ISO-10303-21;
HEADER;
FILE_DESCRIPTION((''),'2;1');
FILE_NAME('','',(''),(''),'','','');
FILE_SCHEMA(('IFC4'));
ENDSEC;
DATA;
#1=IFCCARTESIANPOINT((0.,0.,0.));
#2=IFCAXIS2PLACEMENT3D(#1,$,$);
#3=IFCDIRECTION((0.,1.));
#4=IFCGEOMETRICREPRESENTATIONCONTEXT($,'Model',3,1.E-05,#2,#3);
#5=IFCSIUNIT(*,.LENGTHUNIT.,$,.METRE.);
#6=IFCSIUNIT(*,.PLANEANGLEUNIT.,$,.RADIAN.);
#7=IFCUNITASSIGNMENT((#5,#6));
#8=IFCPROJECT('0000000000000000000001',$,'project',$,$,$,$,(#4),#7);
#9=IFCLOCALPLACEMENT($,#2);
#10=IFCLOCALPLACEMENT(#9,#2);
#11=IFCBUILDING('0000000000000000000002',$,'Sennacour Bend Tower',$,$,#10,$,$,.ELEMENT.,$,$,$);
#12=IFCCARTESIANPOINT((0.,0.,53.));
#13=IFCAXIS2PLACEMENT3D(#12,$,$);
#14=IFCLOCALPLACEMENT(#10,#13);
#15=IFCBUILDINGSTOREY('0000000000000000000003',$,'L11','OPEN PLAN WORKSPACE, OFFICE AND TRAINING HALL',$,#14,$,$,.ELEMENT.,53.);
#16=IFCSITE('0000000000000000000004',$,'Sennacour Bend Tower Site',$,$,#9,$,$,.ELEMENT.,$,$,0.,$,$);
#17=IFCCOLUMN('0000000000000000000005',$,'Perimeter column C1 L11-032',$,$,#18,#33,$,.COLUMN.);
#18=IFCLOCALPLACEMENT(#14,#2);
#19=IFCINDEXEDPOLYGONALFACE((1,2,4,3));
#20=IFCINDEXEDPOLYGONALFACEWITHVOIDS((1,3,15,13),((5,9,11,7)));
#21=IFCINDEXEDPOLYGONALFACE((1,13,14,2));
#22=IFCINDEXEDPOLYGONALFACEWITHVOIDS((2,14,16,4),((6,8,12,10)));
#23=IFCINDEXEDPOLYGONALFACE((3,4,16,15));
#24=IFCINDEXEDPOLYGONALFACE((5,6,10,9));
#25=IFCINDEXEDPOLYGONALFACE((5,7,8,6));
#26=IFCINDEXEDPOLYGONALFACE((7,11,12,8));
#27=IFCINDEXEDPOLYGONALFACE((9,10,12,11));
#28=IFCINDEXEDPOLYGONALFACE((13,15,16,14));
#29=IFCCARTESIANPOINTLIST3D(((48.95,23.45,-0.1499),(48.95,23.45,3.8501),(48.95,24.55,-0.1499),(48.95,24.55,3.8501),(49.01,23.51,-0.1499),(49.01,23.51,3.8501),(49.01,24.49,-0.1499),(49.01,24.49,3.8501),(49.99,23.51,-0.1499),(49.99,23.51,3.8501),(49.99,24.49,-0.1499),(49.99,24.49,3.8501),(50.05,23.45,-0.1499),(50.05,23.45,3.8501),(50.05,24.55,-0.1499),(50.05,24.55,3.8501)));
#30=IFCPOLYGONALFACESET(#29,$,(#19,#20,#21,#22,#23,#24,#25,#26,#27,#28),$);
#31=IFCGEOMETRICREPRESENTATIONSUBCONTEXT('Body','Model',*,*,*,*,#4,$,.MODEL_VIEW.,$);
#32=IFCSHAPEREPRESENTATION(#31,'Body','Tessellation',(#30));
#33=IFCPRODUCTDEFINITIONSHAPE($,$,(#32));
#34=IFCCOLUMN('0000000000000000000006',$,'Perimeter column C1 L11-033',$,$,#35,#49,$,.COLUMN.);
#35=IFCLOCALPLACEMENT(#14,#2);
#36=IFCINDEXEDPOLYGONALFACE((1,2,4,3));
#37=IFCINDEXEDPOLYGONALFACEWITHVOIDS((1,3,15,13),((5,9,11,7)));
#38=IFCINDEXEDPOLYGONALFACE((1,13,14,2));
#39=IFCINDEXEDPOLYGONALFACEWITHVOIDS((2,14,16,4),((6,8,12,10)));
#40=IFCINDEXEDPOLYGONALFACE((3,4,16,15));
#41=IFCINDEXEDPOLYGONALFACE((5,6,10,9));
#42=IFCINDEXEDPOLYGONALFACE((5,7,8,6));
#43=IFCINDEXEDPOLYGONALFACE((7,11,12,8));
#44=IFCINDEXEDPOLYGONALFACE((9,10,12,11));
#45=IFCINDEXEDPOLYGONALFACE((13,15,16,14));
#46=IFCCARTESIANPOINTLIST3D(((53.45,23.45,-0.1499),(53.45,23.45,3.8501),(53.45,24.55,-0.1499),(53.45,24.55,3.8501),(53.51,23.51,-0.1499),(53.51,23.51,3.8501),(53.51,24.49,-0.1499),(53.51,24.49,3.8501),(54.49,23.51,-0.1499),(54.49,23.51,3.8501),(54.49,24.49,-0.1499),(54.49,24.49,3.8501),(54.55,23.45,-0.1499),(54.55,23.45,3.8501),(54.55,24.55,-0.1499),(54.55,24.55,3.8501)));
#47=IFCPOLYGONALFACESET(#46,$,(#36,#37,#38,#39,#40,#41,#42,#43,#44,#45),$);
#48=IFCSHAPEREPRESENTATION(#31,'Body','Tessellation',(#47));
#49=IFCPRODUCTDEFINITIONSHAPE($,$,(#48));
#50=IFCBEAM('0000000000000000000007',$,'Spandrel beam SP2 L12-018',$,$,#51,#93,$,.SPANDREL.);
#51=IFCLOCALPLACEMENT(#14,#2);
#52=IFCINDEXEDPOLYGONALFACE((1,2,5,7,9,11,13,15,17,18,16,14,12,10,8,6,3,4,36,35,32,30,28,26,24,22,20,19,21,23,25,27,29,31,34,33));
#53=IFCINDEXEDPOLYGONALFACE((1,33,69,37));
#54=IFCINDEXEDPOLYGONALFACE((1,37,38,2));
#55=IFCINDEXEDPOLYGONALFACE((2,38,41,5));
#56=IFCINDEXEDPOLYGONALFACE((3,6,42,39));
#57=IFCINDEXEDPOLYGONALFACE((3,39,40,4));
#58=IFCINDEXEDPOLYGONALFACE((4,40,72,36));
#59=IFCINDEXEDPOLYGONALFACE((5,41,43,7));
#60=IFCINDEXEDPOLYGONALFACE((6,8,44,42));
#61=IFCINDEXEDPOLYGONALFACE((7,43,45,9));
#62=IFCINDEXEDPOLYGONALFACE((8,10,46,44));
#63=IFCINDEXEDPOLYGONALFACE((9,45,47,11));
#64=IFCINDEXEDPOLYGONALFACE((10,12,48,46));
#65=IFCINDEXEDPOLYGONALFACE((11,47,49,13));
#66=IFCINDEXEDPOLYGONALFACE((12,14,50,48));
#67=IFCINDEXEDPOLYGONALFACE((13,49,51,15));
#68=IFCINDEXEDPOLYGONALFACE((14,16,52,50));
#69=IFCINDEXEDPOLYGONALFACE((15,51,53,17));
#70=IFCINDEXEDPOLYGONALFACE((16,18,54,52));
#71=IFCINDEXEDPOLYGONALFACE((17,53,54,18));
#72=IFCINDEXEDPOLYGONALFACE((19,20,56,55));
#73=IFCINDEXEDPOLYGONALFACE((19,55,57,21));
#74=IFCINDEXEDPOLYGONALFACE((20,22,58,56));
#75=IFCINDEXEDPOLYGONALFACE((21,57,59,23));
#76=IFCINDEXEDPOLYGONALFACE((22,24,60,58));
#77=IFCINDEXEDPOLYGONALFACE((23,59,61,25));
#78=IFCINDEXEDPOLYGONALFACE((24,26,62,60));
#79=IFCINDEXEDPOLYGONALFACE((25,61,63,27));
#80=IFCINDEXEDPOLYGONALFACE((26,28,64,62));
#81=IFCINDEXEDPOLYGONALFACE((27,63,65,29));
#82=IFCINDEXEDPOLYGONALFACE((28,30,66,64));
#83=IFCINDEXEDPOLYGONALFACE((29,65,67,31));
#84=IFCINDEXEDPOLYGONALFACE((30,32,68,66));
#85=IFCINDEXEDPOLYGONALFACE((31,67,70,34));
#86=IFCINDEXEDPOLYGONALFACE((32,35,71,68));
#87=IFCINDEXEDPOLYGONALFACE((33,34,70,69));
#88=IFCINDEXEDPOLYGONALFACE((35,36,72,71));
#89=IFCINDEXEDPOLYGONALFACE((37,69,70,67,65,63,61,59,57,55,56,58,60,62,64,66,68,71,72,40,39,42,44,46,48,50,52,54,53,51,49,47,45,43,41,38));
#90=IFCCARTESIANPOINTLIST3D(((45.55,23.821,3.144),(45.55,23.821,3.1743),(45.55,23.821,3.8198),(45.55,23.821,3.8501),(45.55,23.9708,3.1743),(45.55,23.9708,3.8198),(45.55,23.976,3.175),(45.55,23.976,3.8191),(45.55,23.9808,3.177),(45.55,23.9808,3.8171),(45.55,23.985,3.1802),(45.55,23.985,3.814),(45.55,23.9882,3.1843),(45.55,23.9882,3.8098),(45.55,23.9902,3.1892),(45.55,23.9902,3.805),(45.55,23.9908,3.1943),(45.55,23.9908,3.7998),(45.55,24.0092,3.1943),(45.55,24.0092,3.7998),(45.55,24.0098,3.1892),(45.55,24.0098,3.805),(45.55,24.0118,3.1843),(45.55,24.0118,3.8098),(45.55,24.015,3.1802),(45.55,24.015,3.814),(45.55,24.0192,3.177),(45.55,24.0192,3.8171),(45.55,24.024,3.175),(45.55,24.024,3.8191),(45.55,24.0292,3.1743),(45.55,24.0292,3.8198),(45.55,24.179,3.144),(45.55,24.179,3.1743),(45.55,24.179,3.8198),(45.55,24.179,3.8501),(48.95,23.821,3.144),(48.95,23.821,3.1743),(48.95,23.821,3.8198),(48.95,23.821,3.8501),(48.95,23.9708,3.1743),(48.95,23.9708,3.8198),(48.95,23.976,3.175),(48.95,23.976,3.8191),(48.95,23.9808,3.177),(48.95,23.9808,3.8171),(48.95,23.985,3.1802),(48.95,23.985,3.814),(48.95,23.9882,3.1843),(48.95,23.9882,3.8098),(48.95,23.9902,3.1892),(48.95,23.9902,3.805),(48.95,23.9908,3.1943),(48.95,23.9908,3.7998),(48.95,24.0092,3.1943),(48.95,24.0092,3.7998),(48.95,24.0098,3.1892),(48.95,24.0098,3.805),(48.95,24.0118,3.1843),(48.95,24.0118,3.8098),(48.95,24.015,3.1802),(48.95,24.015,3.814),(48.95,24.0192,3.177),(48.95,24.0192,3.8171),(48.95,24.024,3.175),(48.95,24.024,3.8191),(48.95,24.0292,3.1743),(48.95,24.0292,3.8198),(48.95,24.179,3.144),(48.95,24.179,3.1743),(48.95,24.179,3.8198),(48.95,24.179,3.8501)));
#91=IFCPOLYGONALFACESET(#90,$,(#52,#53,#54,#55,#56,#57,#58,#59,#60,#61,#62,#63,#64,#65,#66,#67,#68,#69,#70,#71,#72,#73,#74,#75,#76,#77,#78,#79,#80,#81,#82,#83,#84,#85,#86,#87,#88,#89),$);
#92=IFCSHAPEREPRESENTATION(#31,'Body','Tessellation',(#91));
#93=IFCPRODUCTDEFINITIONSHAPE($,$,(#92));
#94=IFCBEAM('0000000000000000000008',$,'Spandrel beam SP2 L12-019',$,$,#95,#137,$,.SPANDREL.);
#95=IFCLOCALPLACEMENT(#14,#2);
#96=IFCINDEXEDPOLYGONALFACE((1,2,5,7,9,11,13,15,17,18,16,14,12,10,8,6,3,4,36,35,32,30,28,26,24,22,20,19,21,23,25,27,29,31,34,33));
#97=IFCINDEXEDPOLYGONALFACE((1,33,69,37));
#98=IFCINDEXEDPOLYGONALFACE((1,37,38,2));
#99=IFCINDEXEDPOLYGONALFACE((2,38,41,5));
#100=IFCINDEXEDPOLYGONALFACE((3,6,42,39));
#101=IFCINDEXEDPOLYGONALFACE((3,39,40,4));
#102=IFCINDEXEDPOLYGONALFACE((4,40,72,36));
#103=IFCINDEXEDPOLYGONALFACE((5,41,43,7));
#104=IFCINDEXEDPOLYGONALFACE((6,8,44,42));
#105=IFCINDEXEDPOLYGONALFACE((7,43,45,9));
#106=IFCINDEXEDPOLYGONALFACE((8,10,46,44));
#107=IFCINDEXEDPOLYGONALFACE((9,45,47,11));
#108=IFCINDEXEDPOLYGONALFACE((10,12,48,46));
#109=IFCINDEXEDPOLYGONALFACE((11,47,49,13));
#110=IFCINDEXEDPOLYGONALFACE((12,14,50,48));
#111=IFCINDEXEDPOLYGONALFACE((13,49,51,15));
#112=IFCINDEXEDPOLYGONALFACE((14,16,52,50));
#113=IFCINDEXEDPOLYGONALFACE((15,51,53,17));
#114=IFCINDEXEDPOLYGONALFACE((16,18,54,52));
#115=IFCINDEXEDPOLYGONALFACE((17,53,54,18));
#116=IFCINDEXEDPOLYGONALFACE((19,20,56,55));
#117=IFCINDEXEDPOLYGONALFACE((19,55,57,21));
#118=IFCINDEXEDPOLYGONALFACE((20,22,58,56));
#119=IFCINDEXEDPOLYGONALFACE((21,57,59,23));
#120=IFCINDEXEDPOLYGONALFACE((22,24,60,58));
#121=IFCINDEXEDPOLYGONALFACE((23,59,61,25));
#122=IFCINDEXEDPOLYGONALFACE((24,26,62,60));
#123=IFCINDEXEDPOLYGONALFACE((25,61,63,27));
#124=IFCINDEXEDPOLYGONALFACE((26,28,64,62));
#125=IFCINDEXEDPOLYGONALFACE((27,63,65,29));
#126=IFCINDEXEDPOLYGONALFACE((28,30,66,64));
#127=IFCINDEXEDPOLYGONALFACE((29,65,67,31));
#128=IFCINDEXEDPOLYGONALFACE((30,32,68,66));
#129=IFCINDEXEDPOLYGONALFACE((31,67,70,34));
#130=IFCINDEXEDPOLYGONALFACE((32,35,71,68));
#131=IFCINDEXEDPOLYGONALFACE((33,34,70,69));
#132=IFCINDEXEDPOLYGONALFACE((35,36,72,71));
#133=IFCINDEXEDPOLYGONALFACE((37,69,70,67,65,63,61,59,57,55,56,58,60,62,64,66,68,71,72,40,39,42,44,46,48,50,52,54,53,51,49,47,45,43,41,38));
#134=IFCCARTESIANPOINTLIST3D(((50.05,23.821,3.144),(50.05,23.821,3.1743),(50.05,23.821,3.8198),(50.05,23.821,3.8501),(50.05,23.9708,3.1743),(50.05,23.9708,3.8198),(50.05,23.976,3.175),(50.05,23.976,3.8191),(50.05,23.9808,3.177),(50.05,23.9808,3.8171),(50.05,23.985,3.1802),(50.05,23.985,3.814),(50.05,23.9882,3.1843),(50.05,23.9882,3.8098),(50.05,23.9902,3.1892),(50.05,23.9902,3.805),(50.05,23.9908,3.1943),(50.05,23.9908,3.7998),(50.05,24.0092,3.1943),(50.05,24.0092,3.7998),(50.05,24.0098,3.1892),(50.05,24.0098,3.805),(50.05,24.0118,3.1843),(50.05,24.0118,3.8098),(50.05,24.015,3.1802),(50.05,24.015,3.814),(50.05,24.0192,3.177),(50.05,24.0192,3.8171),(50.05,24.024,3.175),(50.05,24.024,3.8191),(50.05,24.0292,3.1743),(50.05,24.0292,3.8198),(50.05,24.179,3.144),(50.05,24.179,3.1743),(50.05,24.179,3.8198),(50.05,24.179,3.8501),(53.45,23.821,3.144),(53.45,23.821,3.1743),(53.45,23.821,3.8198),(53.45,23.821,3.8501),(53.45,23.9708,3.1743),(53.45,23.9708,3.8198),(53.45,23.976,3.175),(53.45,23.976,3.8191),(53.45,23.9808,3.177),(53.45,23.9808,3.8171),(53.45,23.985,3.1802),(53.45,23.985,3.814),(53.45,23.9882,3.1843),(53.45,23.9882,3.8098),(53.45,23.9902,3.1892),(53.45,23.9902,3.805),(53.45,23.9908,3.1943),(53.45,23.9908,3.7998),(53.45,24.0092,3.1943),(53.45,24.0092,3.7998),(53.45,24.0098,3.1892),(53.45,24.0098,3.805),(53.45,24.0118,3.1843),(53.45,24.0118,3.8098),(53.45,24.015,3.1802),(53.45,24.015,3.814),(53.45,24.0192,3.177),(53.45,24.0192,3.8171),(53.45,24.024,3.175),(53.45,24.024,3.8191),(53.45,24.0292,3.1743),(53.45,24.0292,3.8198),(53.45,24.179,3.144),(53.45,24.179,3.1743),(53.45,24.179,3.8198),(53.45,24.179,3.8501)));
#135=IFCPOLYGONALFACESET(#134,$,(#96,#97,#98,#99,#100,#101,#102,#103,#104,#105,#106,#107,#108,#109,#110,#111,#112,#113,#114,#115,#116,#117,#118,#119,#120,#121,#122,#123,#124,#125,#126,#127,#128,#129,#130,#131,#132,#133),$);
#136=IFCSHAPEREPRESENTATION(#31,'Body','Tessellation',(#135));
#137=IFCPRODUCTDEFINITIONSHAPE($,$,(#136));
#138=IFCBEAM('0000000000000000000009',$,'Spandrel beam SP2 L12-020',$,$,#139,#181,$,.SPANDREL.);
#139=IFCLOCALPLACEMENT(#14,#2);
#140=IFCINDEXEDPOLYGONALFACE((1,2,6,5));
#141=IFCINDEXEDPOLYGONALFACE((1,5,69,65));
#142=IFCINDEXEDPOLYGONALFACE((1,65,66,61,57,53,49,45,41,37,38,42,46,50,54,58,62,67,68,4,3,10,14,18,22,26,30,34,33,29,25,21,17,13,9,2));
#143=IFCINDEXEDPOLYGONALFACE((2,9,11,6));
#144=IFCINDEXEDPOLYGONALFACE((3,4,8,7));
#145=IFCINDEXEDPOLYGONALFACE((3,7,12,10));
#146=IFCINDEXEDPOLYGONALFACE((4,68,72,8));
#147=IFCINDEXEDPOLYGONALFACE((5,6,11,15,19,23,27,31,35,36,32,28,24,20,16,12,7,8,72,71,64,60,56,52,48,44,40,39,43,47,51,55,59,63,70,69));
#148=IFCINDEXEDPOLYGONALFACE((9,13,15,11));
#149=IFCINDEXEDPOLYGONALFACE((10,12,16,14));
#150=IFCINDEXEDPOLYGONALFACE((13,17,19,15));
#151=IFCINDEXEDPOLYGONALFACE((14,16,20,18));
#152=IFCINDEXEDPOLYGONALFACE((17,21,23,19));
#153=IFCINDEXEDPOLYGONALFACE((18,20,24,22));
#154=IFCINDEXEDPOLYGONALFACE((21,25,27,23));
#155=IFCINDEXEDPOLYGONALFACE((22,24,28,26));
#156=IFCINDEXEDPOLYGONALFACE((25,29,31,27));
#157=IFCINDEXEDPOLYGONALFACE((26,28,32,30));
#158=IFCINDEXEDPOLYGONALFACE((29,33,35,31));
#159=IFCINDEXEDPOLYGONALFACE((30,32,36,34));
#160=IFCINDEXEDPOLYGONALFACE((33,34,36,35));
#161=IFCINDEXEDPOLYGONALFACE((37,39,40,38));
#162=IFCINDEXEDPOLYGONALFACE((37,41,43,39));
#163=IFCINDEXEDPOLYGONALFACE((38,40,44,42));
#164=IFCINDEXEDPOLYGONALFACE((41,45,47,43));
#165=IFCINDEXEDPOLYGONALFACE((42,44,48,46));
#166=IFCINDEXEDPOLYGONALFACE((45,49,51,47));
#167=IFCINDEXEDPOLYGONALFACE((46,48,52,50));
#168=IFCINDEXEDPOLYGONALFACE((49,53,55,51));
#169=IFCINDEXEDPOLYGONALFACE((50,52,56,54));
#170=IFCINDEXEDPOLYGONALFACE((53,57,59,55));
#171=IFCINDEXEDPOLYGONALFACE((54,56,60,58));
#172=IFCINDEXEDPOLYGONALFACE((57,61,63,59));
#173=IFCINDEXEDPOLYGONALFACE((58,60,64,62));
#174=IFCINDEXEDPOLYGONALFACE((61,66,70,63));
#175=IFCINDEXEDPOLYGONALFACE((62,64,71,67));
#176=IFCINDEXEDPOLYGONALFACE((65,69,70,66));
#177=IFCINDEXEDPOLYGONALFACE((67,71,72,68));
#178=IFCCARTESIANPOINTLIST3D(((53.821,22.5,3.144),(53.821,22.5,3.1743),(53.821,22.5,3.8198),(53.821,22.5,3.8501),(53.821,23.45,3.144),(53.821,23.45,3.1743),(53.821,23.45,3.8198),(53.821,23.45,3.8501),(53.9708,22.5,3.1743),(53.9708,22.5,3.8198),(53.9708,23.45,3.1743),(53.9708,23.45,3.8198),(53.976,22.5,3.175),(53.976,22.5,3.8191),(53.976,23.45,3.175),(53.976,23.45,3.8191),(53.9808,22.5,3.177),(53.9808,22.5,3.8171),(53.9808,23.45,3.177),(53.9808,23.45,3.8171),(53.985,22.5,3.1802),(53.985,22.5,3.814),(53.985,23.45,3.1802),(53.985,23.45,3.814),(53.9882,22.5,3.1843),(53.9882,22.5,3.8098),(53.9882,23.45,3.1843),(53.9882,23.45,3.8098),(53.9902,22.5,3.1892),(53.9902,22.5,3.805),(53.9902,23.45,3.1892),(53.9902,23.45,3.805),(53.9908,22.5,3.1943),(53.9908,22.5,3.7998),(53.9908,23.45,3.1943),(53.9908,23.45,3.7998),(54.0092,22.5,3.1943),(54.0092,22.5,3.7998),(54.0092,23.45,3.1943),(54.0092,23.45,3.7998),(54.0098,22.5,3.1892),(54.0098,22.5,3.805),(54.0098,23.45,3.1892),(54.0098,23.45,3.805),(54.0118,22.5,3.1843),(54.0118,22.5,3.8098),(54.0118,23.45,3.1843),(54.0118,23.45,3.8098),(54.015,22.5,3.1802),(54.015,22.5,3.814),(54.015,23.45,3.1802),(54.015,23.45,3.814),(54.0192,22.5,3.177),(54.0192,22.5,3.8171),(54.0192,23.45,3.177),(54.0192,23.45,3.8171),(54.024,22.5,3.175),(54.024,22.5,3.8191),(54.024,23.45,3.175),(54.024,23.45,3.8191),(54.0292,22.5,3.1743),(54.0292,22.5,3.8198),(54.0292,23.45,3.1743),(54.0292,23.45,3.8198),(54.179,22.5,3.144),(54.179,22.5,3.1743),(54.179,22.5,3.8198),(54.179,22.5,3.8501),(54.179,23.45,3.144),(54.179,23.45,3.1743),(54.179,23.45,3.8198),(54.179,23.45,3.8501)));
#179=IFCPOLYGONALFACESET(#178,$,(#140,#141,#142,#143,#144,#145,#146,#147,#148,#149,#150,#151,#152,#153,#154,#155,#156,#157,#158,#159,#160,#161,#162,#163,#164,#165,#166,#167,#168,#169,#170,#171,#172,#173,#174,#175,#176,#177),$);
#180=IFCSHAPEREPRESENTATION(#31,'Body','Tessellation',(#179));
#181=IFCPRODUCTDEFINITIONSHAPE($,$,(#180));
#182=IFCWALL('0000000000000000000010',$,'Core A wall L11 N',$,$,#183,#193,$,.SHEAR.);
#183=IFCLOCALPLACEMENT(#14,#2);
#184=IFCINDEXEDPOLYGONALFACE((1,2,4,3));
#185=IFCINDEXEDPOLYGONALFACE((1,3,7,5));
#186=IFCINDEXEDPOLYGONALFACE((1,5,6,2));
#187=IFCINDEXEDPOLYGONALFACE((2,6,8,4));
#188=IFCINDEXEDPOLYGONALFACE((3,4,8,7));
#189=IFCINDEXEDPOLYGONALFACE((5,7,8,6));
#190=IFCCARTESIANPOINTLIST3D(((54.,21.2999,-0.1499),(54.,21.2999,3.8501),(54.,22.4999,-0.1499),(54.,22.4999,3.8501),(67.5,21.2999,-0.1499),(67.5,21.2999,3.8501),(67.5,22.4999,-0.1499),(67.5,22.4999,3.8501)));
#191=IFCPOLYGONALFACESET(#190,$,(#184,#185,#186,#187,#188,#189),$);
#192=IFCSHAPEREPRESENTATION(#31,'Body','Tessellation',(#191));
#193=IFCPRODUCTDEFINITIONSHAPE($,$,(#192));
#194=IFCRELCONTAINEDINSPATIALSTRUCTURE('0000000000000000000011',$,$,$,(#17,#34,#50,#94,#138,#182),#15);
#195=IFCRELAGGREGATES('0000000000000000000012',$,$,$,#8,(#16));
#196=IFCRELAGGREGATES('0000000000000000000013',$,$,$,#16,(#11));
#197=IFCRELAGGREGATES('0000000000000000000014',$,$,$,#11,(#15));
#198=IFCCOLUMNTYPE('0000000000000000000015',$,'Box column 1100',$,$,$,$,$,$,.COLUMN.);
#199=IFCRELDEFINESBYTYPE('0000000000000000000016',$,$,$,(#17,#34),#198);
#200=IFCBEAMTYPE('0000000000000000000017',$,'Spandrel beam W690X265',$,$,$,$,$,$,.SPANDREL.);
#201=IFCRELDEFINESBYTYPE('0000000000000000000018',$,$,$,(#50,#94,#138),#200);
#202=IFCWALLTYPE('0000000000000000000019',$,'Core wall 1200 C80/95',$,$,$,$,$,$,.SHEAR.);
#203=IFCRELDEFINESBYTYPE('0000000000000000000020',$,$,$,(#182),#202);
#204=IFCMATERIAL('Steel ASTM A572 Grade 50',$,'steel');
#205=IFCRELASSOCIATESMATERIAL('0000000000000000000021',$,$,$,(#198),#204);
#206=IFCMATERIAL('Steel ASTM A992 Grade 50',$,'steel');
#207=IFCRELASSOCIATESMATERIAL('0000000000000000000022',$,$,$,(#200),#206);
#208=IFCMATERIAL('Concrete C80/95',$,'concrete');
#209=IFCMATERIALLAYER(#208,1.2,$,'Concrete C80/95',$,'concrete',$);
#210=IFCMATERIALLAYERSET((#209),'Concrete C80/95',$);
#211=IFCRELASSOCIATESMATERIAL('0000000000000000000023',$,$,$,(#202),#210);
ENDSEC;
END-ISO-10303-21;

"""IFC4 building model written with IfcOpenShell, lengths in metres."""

from ifc_helpers import new_model, si_unit, direction, frame, frame_2d, origin, origin_2d, place, context, subcontext, project, spatial, rectangle, hollow_rectangle, i_section, extrude, material, layer, layer_set, material_profile, profile_set, type_object, element, save


model = new_model("IFC4")

# Units and contexts
model_context = context("Model", 3, precision=1e-05, world=origin(), true_north=direction((0.0, 1.0)))
body_context = subcontext(model_context, "Body", "Model", "MODEL_VIEW")
ifc_project = project(units=[si_unit("LENGTHUNIT", "METRE"), si_unit("PLANEANGLEUNIT", "RADIAN")], contexts=[model_context])

# Site, building, storey
site_placement = place(None, origin())
site = spatial("IfcSite", under=ifc_project, at=site_placement, Name="Sennacour Bend Tower Site", CompositionType="ELEMENT", RefElevation=0.0)
building_placement = place(site_placement, origin())
building = spatial("IfcBuilding", under=site, at=building_placement, Name="Sennacour Bend Tower", CompositionType="ELEMENT")
storey_placement = place(building_placement, frame((0.0, 0.0, 53.0)))
storey = spatial("IfcBuildingStorey", under=building, at=storey_placement, Name="L11", Description="OPEN PLAN WORKSPACE, OFFICE AND TRAINING HALL", CompositionType="ELEMENT", Elevation=53.0)

# Columns
ifc_material_1 = material(Name="Steel ASTM A572 Grade 50", Category="steel")
ifc_material_profile_1 = material_profile(ifc_material_1, hollow_rectangle(XDim=1.1001, YDim=1.1001, WallThickness=0.0601, at=origin_2d()), Name="Steel ASTM A572 Grade 50", Category="steel")
ifc_profile_set_1 = profile_set([ifc_material_profile_1], Name="Steel ASTM A572 Grade 50")
column_type = type_object("IfcColumnType", Name="Box column 1100", PredefinedType="COLUMN", material=ifc_profile_set_1)
for number, where, z_axis, x_axis, name in (
    (1, (49.5, 24.0, -0.1499), (0.0, 0.0, 1.0), (1.0, 0.0, 0.0), "Perimeter column C1 L11-032"),
    (2, (54.0, 24.0, -0.1499), (0.0, 0.0, 1.0), (1.0, 0.0, 0.0), "Perimeter column C1 L11-033"),
):
    element("IfcColumn", number, at=place(storey_placement, frame(where, z_axis=z_axis, x_axis=x_axis)), inside=storey, type_object=column_type, Name=name, PredefinedType="COLUMN", context=body_context, shape_type="SweptSolid", body=[
        extrude(hollow_rectangle(XDim=1.1001, YDim=1.1001, WallThickness=0.0601, at=origin_2d()), origin(), (0.0, 0.0, 1.0), 4.0),
    ])

# Beams
ifc_material_2 = material(Name="Steel ASTM A992 Grade 50", Category="steel")
ifc_material_profile_2 = material_profile(ifc_material_2, i_section(OverallWidth=0.3579, OverallDepth=0.7061, WebThickness=0.0183, FlangeThickness=0.0303, FilletRadius=0.02, at=origin_2d()), Name="Steel ASTM A992 Grade 50", Category="steel")
ifc_profile_set_2 = profile_set([ifc_material_profile_2], Name="Steel ASTM A992 Grade 50")
beam_type = type_object("IfcBeamType", Name="Spandrel beam W690X265", PredefinedType="SPANDREL", material=ifc_profile_set_2)
for number, where, z_axis, x_axis, name in (
    (3, (45.55, 24.0, 3.4971), (1.0, 0.0, 0.0), (0.0, 1.0, 0.0), "Spandrel beam SP2 L12-018"),
    (4, (50.05, 24.0, 3.4971), (1.0, 0.0, 0.0), (0.0, 1.0, 0.0), "Spandrel beam SP2 L12-019"),
):
    element("IfcBeam", number, at=place(storey_placement, frame(where, z_axis=z_axis, x_axis=x_axis)), inside=storey, type_object=beam_type, Name=name, PredefinedType="SPANDREL", context=body_context, shape_type="SweptSolid", body=[
        extrude(i_section(OverallWidth=0.3579, OverallDepth=0.7061, WebThickness=0.0183, FlangeThickness=0.0303, FilletRadius=0.02, at=origin_2d()), origin(), (0.0, 0.0, 1.0), 3.3999),
    ])
beam_placement = place(storey_placement, frame((54.0, 23.45, 3.4971), z_axis=(0.0, -1.0, 0.0), x_axis=(1.0, 0.0, 0.0)))
element("IfcBeam", 5, at=beam_placement, inside=storey, type_object=beam_type, Name="Spandrel beam SP2 L12-020", PredefinedType="SPANDREL", context=body_context, shape_type="SweptSolid", body=[
    extrude(i_section(OverallWidth=0.3579, OverallDepth=0.7061, WebThickness=0.0183, FlangeThickness=0.0303, FilletRadius=0.02, at=origin_2d()), origin(), (0.0, 0.0, 1.0), 0.95),
])

# Wall
ifc_material_3 = material(Name="Concrete C80/95", Category="concrete")
ifc_layer_1 = layer(ifc_material_3, 1.2, Name="Concrete C80/95", Category="concrete")
ifc_layer_set_1 = layer_set([ifc_layer_1], Name="Concrete C80/95")
wall_type_1 = type_object("IfcWallType", Name="Core wall 1200 C80/95", PredefinedType="SHEAR", material=ifc_layer_set_1)
wall_1_placement = place(storey_placement, frame((54.0, 21.8999, -0.1499), z_axis=(0.0, 0.0, 1.0), x_axis=(1.0, 0.0, 0.0)))
element("IfcWall", 6, at=wall_1_placement, inside=storey, type_object=wall_type_1, Name="Core A wall L11 N", PredefinedType="SHEAR", context=body_context, shape_type="SweptSolid", body=[
    extrude(rectangle(XDim=13.5, YDim=1.2, at=frame_2d((6.75, 0.0))), origin(), (0.0, 0.0, 1.0), 4.0),
])

save(model, "model.ifc")
